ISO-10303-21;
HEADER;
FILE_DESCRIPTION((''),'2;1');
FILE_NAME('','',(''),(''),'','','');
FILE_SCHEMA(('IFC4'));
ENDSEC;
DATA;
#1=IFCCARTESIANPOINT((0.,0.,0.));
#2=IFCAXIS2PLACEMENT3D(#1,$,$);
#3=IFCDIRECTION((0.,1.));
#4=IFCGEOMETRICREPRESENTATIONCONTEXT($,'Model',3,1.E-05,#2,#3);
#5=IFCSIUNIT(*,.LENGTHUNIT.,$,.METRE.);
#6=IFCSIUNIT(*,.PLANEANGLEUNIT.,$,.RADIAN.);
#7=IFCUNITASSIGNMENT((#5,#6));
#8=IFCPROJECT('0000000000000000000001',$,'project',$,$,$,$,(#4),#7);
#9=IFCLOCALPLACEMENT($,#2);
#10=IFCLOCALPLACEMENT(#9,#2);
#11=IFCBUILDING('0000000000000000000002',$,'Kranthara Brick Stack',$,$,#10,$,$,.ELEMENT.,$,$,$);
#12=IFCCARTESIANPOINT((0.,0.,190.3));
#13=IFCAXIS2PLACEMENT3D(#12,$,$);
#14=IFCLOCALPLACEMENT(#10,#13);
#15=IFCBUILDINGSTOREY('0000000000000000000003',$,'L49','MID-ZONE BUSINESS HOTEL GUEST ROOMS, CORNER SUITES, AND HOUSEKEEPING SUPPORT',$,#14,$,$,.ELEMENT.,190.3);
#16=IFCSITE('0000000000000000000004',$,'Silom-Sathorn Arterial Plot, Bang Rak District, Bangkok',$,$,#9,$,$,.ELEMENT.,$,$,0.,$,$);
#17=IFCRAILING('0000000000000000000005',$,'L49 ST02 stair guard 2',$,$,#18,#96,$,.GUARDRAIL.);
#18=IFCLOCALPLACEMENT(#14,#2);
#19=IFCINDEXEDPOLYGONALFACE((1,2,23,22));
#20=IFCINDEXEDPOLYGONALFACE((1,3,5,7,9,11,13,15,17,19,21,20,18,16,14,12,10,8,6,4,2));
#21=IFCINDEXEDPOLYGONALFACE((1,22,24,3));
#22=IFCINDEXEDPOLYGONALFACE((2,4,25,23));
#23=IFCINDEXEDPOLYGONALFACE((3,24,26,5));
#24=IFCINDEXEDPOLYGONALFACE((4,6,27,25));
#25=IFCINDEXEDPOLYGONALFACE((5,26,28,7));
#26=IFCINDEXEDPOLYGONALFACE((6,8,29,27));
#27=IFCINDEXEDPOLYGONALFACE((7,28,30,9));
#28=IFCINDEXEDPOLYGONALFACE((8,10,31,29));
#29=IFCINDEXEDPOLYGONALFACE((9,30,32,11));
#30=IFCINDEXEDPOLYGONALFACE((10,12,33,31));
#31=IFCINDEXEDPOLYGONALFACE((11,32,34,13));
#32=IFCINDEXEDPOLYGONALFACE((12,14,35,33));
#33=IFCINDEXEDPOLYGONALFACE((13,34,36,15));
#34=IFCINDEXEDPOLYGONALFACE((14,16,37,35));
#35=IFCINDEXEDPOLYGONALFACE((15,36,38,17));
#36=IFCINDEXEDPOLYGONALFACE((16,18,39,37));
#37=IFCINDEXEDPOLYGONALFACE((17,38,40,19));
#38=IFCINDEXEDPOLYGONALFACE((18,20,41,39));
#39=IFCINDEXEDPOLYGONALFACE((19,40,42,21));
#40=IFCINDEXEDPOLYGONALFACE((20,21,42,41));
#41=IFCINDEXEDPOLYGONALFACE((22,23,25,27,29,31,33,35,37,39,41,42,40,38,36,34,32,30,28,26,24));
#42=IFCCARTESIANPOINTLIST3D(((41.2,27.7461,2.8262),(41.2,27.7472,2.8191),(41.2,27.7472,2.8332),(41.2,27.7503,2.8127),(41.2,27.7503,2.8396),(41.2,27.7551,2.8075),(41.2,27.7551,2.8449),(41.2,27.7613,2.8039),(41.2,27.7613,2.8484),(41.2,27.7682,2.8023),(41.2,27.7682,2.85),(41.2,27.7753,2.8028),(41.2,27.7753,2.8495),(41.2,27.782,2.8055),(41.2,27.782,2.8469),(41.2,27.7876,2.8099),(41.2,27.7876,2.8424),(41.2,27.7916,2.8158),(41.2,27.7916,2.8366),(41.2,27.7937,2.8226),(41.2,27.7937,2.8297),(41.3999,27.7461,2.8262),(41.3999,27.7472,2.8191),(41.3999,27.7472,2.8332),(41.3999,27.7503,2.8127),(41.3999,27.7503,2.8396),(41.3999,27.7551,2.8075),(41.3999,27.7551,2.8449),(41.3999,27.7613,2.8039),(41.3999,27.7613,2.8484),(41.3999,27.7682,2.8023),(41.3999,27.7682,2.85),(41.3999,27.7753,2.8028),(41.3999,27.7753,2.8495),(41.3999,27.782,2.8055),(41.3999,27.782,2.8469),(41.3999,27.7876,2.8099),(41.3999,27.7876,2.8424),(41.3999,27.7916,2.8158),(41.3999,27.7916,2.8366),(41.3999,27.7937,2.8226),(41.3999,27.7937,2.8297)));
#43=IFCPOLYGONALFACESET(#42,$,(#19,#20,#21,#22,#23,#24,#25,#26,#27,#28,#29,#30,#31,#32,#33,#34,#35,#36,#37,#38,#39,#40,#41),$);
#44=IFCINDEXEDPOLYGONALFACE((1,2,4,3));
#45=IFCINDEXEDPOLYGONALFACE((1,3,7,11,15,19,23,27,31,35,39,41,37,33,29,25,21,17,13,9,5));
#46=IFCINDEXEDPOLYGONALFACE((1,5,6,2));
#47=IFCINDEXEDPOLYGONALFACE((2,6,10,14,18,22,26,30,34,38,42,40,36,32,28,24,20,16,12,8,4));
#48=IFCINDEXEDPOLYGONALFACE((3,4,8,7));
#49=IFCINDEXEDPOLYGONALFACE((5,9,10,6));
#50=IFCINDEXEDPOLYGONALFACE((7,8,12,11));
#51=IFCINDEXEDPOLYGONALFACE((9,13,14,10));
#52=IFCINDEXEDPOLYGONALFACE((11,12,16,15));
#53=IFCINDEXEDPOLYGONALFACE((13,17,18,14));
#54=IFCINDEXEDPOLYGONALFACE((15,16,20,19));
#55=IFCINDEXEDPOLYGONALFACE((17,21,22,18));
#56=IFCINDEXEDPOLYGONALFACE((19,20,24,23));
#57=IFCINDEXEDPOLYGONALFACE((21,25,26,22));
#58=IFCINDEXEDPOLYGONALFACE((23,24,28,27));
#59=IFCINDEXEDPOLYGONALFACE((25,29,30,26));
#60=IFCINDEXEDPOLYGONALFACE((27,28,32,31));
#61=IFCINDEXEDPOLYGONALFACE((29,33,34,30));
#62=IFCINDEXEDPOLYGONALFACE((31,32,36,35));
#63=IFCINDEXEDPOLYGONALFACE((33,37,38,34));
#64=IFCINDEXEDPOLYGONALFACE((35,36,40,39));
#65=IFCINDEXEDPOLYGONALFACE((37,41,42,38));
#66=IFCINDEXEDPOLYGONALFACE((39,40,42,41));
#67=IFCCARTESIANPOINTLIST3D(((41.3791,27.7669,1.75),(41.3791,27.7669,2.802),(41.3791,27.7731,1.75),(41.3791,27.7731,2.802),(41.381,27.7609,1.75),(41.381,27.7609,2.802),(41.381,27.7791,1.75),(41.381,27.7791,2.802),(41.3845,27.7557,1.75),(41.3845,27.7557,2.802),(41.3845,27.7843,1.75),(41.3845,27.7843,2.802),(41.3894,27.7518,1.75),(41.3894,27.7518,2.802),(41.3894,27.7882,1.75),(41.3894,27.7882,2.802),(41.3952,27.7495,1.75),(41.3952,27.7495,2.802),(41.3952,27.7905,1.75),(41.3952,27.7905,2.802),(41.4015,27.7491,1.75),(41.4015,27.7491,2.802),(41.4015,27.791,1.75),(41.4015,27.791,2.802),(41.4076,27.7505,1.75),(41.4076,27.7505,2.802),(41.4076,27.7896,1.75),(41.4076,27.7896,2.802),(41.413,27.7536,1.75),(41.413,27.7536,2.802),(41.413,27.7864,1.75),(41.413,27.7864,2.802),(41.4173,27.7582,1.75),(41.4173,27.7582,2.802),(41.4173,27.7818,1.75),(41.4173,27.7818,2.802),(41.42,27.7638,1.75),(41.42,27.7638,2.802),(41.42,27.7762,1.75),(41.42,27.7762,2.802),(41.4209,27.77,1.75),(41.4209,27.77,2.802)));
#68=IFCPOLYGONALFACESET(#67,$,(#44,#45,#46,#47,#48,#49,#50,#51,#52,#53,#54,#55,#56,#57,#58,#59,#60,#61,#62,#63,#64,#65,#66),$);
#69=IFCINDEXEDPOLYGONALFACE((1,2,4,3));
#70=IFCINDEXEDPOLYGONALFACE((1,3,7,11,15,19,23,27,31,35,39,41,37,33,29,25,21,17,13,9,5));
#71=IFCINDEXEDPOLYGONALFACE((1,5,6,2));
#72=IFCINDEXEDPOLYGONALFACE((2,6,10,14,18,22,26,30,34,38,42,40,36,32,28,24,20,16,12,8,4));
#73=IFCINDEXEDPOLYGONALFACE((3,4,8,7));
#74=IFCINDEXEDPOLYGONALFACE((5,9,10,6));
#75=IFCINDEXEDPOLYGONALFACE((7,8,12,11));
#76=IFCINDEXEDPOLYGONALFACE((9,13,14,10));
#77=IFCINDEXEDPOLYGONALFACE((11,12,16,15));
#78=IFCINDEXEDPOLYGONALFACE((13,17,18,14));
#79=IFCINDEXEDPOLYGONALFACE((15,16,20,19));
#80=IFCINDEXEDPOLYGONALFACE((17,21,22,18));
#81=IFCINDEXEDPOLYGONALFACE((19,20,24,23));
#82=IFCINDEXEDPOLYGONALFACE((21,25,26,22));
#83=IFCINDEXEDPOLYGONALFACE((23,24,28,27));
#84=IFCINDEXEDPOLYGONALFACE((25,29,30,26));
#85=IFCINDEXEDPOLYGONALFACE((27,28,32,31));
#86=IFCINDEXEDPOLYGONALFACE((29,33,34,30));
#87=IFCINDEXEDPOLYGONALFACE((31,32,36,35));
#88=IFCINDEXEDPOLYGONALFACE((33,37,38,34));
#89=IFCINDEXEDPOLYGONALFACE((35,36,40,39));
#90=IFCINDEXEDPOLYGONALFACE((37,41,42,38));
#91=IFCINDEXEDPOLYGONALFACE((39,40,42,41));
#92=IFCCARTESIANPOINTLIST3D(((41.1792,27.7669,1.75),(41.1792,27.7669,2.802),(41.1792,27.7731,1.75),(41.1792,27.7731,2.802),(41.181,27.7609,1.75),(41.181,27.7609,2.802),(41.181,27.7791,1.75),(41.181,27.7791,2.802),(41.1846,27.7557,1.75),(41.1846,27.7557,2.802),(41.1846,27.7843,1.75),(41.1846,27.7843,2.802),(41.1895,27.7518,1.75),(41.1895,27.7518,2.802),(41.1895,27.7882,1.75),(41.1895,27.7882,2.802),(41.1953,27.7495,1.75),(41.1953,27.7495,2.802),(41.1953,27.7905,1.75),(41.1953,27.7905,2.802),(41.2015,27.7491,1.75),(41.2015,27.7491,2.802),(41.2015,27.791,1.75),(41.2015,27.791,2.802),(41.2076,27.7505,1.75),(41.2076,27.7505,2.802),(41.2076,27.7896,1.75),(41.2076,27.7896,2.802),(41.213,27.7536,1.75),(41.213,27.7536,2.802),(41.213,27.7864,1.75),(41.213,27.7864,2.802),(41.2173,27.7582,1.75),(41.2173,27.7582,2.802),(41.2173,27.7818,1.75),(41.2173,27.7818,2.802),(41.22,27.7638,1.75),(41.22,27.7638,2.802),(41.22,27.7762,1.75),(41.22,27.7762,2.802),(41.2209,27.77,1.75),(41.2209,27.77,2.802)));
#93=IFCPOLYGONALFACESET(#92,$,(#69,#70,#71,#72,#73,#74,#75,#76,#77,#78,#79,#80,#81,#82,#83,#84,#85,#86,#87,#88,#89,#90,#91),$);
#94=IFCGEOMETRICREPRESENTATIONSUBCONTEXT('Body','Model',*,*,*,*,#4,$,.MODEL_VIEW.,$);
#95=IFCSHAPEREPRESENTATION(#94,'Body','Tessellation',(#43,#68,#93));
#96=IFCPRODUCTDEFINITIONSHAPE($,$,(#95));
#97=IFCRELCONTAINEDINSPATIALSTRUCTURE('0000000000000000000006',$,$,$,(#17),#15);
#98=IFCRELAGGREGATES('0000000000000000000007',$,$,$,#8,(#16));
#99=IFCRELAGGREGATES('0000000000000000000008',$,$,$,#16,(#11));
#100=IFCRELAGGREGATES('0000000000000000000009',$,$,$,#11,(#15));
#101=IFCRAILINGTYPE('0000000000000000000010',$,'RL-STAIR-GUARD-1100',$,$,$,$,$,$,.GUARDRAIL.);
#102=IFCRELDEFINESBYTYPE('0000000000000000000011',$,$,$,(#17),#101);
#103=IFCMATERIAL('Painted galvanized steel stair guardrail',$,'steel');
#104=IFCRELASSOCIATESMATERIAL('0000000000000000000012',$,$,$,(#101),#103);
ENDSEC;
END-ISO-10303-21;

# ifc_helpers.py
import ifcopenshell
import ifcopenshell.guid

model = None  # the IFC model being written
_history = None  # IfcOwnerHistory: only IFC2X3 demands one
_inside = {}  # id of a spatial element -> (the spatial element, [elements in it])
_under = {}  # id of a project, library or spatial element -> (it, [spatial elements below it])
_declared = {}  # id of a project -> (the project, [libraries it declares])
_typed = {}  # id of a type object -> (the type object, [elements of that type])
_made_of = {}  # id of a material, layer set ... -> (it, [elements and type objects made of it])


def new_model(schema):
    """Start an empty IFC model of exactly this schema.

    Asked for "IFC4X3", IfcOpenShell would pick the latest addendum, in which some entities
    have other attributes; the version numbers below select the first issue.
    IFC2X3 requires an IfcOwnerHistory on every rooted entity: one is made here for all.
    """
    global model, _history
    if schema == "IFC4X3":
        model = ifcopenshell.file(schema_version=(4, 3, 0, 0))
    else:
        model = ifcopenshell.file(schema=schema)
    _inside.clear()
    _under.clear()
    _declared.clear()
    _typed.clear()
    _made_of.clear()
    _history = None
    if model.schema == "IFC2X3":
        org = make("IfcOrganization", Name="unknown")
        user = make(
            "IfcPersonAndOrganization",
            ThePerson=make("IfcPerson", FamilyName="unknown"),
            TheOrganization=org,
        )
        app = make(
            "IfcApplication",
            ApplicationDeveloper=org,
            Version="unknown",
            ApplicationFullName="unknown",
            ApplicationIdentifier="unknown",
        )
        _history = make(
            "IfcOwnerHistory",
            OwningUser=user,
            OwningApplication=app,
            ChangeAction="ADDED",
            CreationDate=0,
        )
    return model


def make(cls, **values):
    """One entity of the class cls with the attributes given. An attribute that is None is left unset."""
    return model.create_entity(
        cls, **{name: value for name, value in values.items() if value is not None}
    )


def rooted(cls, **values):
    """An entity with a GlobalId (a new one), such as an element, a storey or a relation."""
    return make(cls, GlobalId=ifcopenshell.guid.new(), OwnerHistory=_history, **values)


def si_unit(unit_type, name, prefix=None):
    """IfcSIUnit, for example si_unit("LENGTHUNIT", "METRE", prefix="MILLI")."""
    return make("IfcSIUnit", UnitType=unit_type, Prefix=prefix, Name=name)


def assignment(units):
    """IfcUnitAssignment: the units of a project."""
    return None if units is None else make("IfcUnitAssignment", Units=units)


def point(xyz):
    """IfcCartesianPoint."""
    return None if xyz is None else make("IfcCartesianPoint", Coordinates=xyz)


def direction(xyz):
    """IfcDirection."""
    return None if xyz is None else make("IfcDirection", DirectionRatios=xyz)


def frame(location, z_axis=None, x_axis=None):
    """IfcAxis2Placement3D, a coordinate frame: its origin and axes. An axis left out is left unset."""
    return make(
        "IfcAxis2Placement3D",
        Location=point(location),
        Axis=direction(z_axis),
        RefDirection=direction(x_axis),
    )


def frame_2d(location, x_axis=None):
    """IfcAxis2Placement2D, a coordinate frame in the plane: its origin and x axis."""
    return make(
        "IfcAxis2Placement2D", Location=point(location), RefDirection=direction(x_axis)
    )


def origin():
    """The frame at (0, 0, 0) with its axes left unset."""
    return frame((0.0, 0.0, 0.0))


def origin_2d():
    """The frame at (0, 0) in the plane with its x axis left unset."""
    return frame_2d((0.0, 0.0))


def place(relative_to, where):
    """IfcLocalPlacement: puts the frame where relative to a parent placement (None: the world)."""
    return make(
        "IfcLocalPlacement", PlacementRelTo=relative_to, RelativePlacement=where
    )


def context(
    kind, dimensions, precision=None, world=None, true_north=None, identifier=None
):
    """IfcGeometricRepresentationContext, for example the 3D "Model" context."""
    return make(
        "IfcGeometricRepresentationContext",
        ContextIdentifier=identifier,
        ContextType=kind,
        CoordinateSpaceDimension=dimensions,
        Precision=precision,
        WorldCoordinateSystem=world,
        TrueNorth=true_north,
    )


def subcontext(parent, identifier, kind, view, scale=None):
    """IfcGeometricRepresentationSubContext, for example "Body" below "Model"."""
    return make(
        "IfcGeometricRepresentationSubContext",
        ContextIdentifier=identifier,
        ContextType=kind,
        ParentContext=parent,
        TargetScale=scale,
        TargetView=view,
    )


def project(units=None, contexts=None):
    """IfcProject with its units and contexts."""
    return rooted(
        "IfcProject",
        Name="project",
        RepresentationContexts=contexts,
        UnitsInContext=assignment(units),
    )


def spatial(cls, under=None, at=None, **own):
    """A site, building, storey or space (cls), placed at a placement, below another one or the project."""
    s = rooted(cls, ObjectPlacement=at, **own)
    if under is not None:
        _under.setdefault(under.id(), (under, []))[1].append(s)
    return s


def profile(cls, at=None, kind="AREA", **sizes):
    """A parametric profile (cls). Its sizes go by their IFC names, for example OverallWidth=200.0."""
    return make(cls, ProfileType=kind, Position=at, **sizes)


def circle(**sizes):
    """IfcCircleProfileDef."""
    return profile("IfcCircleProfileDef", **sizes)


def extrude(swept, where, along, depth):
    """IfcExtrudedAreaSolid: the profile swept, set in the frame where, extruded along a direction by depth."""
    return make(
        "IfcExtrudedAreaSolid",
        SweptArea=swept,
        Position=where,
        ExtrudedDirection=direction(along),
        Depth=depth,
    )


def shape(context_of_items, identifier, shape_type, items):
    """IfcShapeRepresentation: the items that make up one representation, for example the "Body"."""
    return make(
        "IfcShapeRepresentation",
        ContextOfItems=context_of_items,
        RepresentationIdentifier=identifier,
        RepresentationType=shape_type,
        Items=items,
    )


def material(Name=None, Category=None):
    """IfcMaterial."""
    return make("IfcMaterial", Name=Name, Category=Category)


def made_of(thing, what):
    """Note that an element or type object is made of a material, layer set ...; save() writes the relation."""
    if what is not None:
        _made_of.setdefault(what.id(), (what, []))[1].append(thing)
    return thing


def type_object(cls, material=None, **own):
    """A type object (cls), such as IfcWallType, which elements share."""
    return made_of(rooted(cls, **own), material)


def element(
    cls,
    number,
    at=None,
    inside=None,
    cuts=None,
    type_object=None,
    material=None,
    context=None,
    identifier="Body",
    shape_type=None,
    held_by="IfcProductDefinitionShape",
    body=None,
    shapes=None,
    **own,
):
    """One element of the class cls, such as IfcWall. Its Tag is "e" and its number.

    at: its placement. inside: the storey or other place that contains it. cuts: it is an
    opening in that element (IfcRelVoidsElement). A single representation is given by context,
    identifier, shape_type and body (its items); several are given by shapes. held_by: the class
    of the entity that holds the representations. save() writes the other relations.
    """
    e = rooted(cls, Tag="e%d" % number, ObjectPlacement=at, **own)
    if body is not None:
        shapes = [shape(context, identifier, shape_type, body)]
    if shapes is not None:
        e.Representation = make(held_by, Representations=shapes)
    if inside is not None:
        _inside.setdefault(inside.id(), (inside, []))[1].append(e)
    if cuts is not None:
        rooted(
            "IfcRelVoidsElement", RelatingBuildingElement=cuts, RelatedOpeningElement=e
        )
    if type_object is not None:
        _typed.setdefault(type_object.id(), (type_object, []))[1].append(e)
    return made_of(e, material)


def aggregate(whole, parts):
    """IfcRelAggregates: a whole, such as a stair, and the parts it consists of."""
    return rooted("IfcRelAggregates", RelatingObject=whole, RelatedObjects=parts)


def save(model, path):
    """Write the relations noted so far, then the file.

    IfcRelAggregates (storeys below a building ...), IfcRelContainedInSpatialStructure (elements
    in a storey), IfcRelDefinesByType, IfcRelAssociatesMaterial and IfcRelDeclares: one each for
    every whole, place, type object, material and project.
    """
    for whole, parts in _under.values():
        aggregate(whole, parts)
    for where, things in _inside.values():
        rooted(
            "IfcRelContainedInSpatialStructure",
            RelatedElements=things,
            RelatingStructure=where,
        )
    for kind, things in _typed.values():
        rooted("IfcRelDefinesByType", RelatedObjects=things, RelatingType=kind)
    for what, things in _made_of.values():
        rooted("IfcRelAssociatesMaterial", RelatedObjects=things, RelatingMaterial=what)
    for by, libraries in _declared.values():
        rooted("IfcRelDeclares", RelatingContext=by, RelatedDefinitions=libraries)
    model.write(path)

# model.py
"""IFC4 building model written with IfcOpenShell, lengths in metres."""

from ifc_helpers import new_model, si_unit, direction, frame, origin, origin_2d, place, context, subcontext, project, spatial, circle, extrude, material, type_object, element, save


model = new_model("IFC4")

# Units and contexts
model_context = context("Model", 3, precision=1e-05, world=origin(), true_north=direction((0.0, 1.0)))
body_context = subcontext(model_context, "Body", "Model", "MODEL_VIEW")
ifc_project = project(units=[si_unit("LENGTHUNIT", "METRE"), si_unit("PLANEANGLEUNIT", "RADIAN")], contexts=[model_context])

# Site, building, storey
site_placement = place(None, origin())
site = spatial("IfcSite", under=ifc_project, at=site_placement, Name="Silom-Sathorn Arterial Plot, Bang Rak District, Bangkok", CompositionType="ELEMENT", RefElevation=0.0)
building_placement = place(site_placement, origin())
building = spatial("IfcBuilding", under=site, at=building_placement, Name="Kranthara Brick Stack", CompositionType="ELEMENT")
storey_placement = place(building_placement, frame((0.0, 0.0, 190.3)))
storey = spatial("IfcBuildingStorey", under=building, at=storey_placement, Name="L49", Description="MID-ZONE BUSINESS HOTEL GUEST ROOMS, CORNER SUITES, AND HOUSEKEEPING SUPPORT", CompositionType="ELEMENT", Elevation=190.3)

# Railing
ifc_material_1 = material(Name="Painted galvanized steel stair guardrail", Category="steel")
railing_type_1 = type_object("IfcRailingType", Name="RL-STAIR-GUARD-1100", PredefinedType="GUARDRAIL", material=ifc_material_1)
railing_1_placement = place(storey_placement, frame((41.3999, 27.77, 1.75)))
element("IfcRailing", 1, at=railing_1_placement, inside=storey, type_object=railing_type_1, Name="L49 ST02 stair guard 2", PredefinedType="GUARDRAIL", context=body_context, shape_type="SweptSolid", body=[
    extrude(circle(Radius=0.0239, at=origin_2d()), frame((0.0, 0.0, 1.0762), z_axis=(-1.0, 0.0, 0.0), x_axis=(0.0, -1.0, 0.0)), (0.0, 0.0, 1.0), 0.2),
    extrude(circle(Radius=0.021, at=origin_2d()), origin(), (0.0, 0.0, 1.0), 1.052),
    extrude(circle(Radius=0.021, at=origin_2d()), frame((-0.2, 0.0, 0.0)), (0.0, 0.0, 1.0), 1.052),
])

save(model, "model.ifc")
